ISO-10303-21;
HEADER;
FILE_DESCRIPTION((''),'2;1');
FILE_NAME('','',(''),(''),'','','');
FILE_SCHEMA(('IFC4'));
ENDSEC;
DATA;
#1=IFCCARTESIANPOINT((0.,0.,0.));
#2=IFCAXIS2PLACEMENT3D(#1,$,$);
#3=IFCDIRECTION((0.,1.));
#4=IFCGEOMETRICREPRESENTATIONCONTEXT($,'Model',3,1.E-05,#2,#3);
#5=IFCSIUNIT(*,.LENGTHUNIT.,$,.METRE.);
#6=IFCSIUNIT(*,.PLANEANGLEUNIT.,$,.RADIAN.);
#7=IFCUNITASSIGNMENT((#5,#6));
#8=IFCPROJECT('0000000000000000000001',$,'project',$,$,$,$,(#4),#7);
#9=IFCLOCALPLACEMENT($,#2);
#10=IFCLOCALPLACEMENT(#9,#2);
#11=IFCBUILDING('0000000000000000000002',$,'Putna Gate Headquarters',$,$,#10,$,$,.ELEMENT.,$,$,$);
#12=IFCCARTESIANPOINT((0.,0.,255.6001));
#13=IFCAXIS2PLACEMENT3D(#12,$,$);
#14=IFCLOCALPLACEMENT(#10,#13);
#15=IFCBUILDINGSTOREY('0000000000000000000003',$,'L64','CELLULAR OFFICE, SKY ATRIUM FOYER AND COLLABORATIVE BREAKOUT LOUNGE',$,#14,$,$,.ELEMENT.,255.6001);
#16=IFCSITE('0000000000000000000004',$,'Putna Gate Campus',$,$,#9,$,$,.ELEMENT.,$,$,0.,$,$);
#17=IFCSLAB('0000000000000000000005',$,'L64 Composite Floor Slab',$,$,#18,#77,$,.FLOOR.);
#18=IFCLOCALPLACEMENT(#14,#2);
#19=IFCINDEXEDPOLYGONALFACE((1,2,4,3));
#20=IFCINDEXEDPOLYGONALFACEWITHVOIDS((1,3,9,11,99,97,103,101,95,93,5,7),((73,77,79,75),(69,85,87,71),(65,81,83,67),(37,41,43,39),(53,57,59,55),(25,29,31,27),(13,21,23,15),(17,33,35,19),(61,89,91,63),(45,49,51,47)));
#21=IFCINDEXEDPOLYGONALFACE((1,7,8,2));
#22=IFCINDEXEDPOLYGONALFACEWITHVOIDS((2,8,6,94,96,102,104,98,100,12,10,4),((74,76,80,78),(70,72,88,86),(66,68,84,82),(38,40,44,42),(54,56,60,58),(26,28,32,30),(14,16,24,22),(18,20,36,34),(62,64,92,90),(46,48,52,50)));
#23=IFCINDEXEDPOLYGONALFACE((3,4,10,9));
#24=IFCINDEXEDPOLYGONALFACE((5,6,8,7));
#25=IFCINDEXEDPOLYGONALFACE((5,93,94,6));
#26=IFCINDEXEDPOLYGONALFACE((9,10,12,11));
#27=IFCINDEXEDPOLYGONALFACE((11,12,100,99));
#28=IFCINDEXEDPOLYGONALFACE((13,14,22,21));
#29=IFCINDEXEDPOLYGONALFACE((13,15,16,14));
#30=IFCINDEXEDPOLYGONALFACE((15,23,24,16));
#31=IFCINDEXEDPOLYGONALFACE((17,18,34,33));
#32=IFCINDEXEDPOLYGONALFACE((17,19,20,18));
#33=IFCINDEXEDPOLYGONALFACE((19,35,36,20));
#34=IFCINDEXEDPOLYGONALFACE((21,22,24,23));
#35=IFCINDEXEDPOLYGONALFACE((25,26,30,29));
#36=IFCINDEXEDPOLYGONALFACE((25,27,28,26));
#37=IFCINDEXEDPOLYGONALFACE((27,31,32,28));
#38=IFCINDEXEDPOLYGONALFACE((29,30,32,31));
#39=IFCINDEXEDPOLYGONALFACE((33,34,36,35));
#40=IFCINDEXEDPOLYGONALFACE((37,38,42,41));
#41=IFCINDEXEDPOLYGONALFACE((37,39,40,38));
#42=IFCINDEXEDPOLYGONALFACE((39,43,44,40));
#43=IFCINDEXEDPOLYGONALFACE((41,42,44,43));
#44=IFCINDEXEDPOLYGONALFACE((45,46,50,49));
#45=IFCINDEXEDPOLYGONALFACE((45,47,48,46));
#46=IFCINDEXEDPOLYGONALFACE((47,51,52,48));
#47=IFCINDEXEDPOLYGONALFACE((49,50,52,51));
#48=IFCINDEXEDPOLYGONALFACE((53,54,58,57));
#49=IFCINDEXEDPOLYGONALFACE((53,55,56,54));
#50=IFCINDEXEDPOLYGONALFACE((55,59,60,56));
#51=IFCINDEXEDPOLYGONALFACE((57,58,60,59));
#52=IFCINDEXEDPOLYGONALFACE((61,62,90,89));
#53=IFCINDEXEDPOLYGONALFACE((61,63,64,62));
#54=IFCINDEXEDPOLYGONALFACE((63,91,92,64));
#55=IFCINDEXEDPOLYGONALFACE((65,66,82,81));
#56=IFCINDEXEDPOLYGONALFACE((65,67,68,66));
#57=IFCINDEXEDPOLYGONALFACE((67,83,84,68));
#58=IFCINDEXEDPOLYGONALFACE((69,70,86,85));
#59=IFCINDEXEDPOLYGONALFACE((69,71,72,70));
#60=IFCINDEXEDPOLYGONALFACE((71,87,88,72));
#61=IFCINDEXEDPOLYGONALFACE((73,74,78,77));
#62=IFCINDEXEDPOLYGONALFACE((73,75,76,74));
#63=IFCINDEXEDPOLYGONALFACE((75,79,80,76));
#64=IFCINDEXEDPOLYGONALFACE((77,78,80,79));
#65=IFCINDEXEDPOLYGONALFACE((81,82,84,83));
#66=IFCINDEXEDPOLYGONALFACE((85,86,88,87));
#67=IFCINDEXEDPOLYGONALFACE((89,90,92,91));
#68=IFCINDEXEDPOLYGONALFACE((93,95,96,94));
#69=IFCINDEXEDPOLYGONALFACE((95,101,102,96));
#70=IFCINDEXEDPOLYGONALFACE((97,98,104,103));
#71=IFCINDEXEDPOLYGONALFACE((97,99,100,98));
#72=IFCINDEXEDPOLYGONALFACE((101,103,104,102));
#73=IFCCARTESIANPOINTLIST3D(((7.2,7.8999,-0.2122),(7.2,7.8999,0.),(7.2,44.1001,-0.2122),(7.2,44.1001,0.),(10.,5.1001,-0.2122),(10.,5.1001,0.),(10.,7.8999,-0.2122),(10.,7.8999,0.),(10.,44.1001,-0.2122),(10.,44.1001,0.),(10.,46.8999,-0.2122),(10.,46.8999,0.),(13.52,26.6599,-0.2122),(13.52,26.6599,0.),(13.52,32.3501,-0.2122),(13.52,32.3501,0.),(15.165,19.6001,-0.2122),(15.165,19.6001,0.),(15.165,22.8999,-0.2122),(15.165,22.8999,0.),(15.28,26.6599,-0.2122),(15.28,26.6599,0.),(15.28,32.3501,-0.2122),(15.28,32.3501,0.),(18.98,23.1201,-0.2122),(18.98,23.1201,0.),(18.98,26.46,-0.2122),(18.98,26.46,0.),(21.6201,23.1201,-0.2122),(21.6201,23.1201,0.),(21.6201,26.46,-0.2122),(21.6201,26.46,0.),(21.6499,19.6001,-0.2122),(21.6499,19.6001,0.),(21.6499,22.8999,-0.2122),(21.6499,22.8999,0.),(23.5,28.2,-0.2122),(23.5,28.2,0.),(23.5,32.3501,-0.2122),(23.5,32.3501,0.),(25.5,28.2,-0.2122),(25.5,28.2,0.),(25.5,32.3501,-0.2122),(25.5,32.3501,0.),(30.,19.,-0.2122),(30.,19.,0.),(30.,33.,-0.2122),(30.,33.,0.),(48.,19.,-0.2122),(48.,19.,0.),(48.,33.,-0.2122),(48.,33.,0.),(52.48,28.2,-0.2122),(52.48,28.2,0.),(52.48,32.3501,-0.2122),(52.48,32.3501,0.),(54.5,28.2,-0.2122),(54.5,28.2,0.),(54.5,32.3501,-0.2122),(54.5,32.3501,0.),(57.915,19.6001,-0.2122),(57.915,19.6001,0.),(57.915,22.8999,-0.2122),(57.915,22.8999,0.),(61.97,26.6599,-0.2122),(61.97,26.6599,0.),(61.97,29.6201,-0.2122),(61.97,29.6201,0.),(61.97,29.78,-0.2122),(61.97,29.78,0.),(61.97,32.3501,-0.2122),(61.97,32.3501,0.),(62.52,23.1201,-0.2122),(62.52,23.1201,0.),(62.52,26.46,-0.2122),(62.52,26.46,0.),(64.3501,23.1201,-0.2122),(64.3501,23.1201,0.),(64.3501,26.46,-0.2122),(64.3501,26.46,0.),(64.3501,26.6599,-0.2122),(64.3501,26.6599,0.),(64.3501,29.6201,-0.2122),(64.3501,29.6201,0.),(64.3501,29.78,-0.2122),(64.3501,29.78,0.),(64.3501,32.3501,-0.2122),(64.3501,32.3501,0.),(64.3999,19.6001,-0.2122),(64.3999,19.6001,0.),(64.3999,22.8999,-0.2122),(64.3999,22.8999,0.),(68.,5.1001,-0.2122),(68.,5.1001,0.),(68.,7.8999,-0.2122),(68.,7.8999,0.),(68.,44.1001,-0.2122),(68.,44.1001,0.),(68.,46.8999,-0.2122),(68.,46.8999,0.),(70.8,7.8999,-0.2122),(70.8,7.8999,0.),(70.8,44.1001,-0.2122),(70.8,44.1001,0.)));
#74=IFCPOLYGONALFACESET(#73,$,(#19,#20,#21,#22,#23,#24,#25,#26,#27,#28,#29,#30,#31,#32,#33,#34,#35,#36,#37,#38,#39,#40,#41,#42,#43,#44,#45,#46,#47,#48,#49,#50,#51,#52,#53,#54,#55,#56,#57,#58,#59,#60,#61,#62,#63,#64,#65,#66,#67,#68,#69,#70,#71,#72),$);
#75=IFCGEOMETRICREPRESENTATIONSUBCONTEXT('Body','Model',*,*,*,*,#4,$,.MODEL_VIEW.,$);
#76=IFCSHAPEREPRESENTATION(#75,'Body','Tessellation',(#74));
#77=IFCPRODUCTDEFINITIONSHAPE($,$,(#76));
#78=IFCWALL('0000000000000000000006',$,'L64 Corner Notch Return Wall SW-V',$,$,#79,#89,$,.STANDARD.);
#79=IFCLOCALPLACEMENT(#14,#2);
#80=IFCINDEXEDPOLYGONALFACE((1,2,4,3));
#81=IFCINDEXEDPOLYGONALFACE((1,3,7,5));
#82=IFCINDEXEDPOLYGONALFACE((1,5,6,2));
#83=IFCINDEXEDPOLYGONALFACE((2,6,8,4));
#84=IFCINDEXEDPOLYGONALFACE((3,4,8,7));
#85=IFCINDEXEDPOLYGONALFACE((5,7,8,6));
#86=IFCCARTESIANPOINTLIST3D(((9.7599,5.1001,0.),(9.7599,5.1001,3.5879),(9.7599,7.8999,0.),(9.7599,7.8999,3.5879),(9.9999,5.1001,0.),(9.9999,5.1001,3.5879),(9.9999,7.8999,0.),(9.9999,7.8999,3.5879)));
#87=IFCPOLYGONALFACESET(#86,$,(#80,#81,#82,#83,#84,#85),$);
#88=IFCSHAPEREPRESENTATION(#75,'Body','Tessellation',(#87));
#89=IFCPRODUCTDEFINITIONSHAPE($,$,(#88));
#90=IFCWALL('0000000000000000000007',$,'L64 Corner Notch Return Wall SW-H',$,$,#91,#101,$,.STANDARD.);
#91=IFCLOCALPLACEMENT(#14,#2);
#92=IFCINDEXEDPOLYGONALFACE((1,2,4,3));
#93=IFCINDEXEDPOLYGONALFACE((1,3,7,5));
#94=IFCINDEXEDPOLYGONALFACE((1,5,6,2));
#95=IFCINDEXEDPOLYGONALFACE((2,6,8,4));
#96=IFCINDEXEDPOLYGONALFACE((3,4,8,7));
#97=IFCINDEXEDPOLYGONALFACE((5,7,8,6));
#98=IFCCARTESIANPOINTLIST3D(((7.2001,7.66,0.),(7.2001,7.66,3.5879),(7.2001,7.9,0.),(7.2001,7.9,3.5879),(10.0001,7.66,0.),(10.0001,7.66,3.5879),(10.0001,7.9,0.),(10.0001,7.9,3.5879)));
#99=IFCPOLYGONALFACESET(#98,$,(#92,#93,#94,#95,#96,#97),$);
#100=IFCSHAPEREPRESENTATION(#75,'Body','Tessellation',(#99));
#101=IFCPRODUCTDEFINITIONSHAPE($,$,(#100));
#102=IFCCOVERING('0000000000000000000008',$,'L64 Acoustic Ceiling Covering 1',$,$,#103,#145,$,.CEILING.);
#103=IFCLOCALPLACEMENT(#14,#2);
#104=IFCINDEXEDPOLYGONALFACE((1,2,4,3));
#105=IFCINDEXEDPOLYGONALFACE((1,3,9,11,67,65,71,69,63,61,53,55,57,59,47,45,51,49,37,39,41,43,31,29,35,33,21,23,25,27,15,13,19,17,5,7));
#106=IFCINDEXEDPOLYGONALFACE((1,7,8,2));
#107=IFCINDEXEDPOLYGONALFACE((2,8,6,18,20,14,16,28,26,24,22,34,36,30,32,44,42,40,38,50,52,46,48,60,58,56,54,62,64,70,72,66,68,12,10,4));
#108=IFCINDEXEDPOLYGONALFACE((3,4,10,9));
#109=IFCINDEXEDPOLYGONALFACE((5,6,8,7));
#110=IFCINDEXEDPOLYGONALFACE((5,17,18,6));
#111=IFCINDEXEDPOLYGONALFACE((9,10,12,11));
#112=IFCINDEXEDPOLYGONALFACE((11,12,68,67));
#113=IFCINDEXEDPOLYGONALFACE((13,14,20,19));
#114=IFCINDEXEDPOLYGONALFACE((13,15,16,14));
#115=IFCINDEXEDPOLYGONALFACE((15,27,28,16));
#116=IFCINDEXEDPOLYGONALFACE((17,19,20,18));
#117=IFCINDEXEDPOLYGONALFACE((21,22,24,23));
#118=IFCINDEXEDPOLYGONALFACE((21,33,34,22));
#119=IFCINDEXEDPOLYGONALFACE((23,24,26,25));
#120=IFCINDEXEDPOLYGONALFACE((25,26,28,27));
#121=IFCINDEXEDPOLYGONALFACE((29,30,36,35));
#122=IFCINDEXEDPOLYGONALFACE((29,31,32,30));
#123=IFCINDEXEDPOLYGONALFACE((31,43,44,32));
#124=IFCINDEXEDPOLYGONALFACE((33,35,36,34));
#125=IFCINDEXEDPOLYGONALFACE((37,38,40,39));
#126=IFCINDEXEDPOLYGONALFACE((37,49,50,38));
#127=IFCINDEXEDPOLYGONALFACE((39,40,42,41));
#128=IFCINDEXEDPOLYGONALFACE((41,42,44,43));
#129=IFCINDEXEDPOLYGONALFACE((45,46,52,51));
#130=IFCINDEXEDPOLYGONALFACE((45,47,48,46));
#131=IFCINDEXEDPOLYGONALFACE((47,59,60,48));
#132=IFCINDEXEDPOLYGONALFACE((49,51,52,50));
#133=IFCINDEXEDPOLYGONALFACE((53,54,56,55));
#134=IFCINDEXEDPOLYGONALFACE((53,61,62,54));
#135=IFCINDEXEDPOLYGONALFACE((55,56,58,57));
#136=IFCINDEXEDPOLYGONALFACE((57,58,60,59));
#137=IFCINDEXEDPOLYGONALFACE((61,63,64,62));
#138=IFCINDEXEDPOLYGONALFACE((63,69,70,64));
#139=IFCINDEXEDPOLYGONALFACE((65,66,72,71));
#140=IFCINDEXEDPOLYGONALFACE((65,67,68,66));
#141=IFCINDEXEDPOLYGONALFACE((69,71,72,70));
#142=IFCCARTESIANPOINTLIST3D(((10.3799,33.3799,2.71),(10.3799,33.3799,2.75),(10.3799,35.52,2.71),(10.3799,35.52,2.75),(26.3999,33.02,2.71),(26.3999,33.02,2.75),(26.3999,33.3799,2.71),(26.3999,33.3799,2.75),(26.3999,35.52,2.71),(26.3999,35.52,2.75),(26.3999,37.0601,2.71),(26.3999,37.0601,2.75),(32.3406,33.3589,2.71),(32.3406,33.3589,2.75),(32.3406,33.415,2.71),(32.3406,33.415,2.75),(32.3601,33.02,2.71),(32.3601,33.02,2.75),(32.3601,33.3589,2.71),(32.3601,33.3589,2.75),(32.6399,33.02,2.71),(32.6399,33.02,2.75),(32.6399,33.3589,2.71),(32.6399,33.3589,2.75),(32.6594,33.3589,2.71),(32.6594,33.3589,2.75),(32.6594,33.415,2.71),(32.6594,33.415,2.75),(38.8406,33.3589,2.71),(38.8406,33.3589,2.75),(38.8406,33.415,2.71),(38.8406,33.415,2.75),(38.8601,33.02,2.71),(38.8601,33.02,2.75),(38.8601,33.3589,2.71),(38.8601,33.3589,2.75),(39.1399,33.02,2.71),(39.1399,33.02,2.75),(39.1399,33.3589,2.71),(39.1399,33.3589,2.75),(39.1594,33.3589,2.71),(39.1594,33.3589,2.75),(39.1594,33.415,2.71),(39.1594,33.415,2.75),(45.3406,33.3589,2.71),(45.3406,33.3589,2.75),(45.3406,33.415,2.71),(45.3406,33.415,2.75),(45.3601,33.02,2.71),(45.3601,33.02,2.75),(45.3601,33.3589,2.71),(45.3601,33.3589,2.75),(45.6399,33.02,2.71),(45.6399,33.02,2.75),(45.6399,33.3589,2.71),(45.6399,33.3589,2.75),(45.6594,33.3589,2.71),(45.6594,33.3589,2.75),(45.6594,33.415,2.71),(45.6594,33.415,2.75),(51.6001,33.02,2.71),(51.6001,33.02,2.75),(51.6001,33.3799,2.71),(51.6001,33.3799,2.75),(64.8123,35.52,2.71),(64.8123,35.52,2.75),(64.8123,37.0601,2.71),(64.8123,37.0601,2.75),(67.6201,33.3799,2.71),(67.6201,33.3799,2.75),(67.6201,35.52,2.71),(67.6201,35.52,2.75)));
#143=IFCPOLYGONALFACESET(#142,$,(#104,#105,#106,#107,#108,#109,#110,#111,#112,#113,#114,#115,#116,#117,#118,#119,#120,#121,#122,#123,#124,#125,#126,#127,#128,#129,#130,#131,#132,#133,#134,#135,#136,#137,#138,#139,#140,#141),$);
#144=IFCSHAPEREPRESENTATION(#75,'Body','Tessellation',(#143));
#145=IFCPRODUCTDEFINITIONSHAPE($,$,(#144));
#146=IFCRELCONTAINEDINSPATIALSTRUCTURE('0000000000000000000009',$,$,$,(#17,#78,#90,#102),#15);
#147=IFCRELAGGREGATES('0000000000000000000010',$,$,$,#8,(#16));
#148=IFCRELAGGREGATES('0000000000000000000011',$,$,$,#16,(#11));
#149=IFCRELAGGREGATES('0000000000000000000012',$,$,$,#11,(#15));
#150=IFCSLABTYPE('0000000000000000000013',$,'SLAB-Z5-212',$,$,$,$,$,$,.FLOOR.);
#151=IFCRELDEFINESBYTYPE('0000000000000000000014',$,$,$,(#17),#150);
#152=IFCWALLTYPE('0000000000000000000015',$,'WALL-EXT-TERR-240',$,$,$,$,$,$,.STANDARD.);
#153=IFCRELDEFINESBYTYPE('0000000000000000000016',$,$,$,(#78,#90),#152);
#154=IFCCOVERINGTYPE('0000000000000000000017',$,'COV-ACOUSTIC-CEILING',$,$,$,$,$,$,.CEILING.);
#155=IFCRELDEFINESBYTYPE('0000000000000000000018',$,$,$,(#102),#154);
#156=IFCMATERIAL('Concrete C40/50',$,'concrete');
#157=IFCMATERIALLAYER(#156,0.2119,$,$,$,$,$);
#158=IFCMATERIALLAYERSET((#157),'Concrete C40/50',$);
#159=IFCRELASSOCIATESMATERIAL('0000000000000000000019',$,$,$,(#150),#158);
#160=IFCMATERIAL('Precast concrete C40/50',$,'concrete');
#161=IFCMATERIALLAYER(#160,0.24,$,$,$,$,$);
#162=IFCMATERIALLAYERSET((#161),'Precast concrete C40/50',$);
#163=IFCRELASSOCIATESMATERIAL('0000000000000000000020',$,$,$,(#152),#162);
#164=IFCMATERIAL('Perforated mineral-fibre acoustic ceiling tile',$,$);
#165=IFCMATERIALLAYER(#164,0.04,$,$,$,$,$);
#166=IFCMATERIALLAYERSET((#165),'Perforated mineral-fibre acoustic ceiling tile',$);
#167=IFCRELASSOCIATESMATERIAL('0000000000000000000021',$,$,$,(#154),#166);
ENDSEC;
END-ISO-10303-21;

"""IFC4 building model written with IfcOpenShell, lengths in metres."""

from ifc_helpers import new_model, si_unit, direction, frame, frame_2d, origin, place, context, subcontext, project, spatial, polyline, rectangle, outline, extrude, material, layer, layer_set, type_object, element, save


model = new_model("IFC4")

# Units and contexts
model_context = context("Model", 3, precision=1e-05, world=origin(), true_north=direction((0.0, 1.0)))
body_context = subcontext(model_context, "Body", "Model", "MODEL_VIEW")
ifc_project = project(units=[si_unit("LENGTHUNIT", "METRE"), si_unit("PLANEANGLEUNIT", "RADIAN")], contexts=[model_context])

# Site, building, storey
site_placement = place(None, origin())
site = spatial("IfcSite", under=ifc_project, at=site_placement, Name="Putna Gate Campus", CompositionType="ELEMENT", RefElevation=0.0)
building_placement = place(site_placement, origin())
building = spatial("IfcBuilding", under=site, at=building_placement, Name="Putna Gate Headquarters", CompositionType="ELEMENT")
storey_placement = place(building_placement, frame((0.0, 0.0, 255.6001)))
storey = spatial("IfcBuildingStorey", under=building, at=storey_placement, Name="L64", Description="CELLULAR OFFICE, SKY ATRIUM FOYER AND COLLABORATIVE BREAKOUT LOUNGE", CompositionType="ELEMENT", Elevation=255.6001)

# Shared definitions
ifc_material_1 = material(Name="Concrete C40/50", Category="concrete")

# Slab
ifc_layer_1 = layer(ifc_material_1, 0.2119)
ifc_layer_set_1 = layer_set([ifc_layer_1], Name="Concrete C40/50")
slab_type_1 = type_object("IfcSlabType", Name="SLAB-Z5-212", PredefinedType="FLOOR", material=ifc_layer_set_1)
slab_1_placement = place(storey_placement, frame((0.0, 0.0, -0.2122)))
element("IfcSlab", 1, at=slab_1_placement, inside=storey, type_object=slab_type_1, Name="L64 Composite Floor Slab", PredefinedType="FLOOR", context=body_context, shape_type="SweptSolid", body=[
    extrude(outline(polyline([(10.0, 5.1001), (68.0, 5.1001), (68.0, 7.8999), (70.8, 7.8999), (70.8, 44.1001), (68.0, 44.1001), (68.0, 46.8999), (10.0, 46.8999), (10.0, 44.1001), (7.2, 44.1001), (7.2, 7.8999), (10.0, 7.8999), (10.0, 5.1001)]), holes=[polyline([(15.165, 19.6001), (21.6499, 19.6001), (21.6499, 22.8999), (15.165, 22.8999), (15.165, 19.6001)]), polyline([(57.915, 19.6001), (64.3999, 19.6001), (64.3999, 22.8999), (57.915, 22.8999), (57.915, 19.6001)]), polyline([(13.52, 26.6599), (15.28, 26.6599), (15.28, 32.3501), (13.52, 32.3501), (13.52, 26.6599)]), polyline([(61.97, 29.78), (64.3501, 29.78), (64.3501, 32.3501), (61.97, 32.3501), (61.97, 29.78)]), polyline([(18.98, 23.1201), (21.6201, 23.1201), (21.6201, 26.46), (18.98, 26.46), (18.98, 23.1201)]), polyline([(62.52, 23.1201), (64.3501, 23.1201), (64.3501, 26.46), (62.52, 26.46), (62.52, 23.1201)]), polyline([(61.97, 26.6599), (64.3501, 26.6599), (64.3501, 29.6201), (61.97, 29.6201), (61.97, 26.6599)]), polyline([(23.5, 28.2), (25.5, 28.2), (25.5, 32.3501), (23.5, 32.3501), (23.5, 28.2)]), polyline([(52.48, 28.2), (54.5, 28.2), (54.5, 32.3501), (52.48, 32.3501), (52.48, 28.2)]), polyline([(30.0, 19.0), (48.0, 19.0), (48.0, 33.0), (30.0, 33.0), (30.0, 19.0)])]), origin(), (0.0, 0.0, 1.0), 0.2122),
])

# Walls
ifc_material_2 = material(Name="Precast concrete C40/50", Category="concrete")
ifc_layer_2 = layer(ifc_material_2, 0.24)
ifc_layer_set_2 = layer_set([ifc_layer_2], Name="Precast concrete C40/50")
wall_type = type_object("IfcWallType", Name="WALL-EXT-TERR-240", PredefinedType="STANDARD", material=ifc_layer_set_2)
wall_1_placement = place(storey_placement, frame((9.8799, 5.1001, 0.0), z_axis=(0.0, 0.0, 1.0), x_axis=(0.0, 1.0, 0.0)))
element("IfcWall", 2, at=wall_1_placement, inside=storey, type_object=wall_type, Name="L64 Corner Notch Return Wall SW-V", PredefinedType="STANDARD", context=body_context, shape_type="SweptSolid", body=[
    extrude(rectangle(XDim=2.7998, YDim=0.24, at=frame_2d((1.3999, 0.0))), origin(), (0.0, 0.0, 1.0), 3.5879),
])
wall_2_placement = place(storey_placement, frame((10.0, 7.78, 0.0), z_axis=(0.0, 0.0, 1.0), x_axis=(-1.0, 0.0, 0.0)))
element("IfcWall", 3, at=wall_2_placement, inside=storey, type_object=wall_type, Name="L64 Corner Notch Return Wall SW-H", PredefinedType="STANDARD", context=body_context, shape_type="SweptSolid", body=[
    extrude(rectangle(XDim=2.8, YDim=0.24, at=frame_2d((1.3999, 0.0))), origin(), (0.0, 0.0, 1.0), 3.5879),
])

# Covering
ifc_material_3 = material(Name="Perforated mineral-fibre acoustic ceiling tile")
ifc_layer_3 = layer(ifc_material_3, 0.04)
ifc_layer_set_3 = layer_set([ifc_layer_3], Name="Perforated mineral-fibre acoustic ceiling tile")
covering_type_1 = type_object("IfcCoveringType", Name="COV-ACOUSTIC-CEILING", PredefinedType="CEILING", material=ifc_layer_set_3)
covering_1_placement = place(storey_placement, frame((0.0, 0.0, 2.71)))
element("IfcCovering", 4, at=covering_1_placement, inside=storey, type_object=covering_type_1, Name="L64 Acoustic Ceiling Covering 1", PredefinedType="CEILING", context=body_context, shape_type="SweptSolid", body=[
    extrude(outline(polyline([(45.3601, 33.3589), (45.3406, 33.3589), (45.3406, 33.415), (45.6594, 33.415), (45.6594, 33.3589), (45.6399, 33.3589), (45.6399, 33.02), (51.6001, 33.02), (51.6001, 33.3799), (67.6201, 33.3799), (67.6201, 35.52), (64.8123, 35.52), (64.8123, 37.0601), (26.3999, 37.0601), (26.3999, 35.52), (10.3799, 35.52), (10.3799, 33.3799), (26.3999, 33.3799), (26.3999, 33.02), (32.3601, 33.02), (32.3601, 33.3589), (32.3406, 33.3589), (32.3406, 33.415), (32.6594, 33.415), (32.6594, 33.3589), (32.6399, 33.3589), (32.6399, 33.02), (38.8601, 33.02), (38.8601, 33.3589), (38.8406, 33.3589), (38.8406, 33.415), (39.1594, 33.415), (39.1594, 33.3589), (39.1399, 33.3589), (39.1399, 33.02), (45.3601, 33.02), (45.3601, 33.3589)])), origin(), (0.0, 0.0, 1.0), 0.04),
])

save(model, "model.ifc")
